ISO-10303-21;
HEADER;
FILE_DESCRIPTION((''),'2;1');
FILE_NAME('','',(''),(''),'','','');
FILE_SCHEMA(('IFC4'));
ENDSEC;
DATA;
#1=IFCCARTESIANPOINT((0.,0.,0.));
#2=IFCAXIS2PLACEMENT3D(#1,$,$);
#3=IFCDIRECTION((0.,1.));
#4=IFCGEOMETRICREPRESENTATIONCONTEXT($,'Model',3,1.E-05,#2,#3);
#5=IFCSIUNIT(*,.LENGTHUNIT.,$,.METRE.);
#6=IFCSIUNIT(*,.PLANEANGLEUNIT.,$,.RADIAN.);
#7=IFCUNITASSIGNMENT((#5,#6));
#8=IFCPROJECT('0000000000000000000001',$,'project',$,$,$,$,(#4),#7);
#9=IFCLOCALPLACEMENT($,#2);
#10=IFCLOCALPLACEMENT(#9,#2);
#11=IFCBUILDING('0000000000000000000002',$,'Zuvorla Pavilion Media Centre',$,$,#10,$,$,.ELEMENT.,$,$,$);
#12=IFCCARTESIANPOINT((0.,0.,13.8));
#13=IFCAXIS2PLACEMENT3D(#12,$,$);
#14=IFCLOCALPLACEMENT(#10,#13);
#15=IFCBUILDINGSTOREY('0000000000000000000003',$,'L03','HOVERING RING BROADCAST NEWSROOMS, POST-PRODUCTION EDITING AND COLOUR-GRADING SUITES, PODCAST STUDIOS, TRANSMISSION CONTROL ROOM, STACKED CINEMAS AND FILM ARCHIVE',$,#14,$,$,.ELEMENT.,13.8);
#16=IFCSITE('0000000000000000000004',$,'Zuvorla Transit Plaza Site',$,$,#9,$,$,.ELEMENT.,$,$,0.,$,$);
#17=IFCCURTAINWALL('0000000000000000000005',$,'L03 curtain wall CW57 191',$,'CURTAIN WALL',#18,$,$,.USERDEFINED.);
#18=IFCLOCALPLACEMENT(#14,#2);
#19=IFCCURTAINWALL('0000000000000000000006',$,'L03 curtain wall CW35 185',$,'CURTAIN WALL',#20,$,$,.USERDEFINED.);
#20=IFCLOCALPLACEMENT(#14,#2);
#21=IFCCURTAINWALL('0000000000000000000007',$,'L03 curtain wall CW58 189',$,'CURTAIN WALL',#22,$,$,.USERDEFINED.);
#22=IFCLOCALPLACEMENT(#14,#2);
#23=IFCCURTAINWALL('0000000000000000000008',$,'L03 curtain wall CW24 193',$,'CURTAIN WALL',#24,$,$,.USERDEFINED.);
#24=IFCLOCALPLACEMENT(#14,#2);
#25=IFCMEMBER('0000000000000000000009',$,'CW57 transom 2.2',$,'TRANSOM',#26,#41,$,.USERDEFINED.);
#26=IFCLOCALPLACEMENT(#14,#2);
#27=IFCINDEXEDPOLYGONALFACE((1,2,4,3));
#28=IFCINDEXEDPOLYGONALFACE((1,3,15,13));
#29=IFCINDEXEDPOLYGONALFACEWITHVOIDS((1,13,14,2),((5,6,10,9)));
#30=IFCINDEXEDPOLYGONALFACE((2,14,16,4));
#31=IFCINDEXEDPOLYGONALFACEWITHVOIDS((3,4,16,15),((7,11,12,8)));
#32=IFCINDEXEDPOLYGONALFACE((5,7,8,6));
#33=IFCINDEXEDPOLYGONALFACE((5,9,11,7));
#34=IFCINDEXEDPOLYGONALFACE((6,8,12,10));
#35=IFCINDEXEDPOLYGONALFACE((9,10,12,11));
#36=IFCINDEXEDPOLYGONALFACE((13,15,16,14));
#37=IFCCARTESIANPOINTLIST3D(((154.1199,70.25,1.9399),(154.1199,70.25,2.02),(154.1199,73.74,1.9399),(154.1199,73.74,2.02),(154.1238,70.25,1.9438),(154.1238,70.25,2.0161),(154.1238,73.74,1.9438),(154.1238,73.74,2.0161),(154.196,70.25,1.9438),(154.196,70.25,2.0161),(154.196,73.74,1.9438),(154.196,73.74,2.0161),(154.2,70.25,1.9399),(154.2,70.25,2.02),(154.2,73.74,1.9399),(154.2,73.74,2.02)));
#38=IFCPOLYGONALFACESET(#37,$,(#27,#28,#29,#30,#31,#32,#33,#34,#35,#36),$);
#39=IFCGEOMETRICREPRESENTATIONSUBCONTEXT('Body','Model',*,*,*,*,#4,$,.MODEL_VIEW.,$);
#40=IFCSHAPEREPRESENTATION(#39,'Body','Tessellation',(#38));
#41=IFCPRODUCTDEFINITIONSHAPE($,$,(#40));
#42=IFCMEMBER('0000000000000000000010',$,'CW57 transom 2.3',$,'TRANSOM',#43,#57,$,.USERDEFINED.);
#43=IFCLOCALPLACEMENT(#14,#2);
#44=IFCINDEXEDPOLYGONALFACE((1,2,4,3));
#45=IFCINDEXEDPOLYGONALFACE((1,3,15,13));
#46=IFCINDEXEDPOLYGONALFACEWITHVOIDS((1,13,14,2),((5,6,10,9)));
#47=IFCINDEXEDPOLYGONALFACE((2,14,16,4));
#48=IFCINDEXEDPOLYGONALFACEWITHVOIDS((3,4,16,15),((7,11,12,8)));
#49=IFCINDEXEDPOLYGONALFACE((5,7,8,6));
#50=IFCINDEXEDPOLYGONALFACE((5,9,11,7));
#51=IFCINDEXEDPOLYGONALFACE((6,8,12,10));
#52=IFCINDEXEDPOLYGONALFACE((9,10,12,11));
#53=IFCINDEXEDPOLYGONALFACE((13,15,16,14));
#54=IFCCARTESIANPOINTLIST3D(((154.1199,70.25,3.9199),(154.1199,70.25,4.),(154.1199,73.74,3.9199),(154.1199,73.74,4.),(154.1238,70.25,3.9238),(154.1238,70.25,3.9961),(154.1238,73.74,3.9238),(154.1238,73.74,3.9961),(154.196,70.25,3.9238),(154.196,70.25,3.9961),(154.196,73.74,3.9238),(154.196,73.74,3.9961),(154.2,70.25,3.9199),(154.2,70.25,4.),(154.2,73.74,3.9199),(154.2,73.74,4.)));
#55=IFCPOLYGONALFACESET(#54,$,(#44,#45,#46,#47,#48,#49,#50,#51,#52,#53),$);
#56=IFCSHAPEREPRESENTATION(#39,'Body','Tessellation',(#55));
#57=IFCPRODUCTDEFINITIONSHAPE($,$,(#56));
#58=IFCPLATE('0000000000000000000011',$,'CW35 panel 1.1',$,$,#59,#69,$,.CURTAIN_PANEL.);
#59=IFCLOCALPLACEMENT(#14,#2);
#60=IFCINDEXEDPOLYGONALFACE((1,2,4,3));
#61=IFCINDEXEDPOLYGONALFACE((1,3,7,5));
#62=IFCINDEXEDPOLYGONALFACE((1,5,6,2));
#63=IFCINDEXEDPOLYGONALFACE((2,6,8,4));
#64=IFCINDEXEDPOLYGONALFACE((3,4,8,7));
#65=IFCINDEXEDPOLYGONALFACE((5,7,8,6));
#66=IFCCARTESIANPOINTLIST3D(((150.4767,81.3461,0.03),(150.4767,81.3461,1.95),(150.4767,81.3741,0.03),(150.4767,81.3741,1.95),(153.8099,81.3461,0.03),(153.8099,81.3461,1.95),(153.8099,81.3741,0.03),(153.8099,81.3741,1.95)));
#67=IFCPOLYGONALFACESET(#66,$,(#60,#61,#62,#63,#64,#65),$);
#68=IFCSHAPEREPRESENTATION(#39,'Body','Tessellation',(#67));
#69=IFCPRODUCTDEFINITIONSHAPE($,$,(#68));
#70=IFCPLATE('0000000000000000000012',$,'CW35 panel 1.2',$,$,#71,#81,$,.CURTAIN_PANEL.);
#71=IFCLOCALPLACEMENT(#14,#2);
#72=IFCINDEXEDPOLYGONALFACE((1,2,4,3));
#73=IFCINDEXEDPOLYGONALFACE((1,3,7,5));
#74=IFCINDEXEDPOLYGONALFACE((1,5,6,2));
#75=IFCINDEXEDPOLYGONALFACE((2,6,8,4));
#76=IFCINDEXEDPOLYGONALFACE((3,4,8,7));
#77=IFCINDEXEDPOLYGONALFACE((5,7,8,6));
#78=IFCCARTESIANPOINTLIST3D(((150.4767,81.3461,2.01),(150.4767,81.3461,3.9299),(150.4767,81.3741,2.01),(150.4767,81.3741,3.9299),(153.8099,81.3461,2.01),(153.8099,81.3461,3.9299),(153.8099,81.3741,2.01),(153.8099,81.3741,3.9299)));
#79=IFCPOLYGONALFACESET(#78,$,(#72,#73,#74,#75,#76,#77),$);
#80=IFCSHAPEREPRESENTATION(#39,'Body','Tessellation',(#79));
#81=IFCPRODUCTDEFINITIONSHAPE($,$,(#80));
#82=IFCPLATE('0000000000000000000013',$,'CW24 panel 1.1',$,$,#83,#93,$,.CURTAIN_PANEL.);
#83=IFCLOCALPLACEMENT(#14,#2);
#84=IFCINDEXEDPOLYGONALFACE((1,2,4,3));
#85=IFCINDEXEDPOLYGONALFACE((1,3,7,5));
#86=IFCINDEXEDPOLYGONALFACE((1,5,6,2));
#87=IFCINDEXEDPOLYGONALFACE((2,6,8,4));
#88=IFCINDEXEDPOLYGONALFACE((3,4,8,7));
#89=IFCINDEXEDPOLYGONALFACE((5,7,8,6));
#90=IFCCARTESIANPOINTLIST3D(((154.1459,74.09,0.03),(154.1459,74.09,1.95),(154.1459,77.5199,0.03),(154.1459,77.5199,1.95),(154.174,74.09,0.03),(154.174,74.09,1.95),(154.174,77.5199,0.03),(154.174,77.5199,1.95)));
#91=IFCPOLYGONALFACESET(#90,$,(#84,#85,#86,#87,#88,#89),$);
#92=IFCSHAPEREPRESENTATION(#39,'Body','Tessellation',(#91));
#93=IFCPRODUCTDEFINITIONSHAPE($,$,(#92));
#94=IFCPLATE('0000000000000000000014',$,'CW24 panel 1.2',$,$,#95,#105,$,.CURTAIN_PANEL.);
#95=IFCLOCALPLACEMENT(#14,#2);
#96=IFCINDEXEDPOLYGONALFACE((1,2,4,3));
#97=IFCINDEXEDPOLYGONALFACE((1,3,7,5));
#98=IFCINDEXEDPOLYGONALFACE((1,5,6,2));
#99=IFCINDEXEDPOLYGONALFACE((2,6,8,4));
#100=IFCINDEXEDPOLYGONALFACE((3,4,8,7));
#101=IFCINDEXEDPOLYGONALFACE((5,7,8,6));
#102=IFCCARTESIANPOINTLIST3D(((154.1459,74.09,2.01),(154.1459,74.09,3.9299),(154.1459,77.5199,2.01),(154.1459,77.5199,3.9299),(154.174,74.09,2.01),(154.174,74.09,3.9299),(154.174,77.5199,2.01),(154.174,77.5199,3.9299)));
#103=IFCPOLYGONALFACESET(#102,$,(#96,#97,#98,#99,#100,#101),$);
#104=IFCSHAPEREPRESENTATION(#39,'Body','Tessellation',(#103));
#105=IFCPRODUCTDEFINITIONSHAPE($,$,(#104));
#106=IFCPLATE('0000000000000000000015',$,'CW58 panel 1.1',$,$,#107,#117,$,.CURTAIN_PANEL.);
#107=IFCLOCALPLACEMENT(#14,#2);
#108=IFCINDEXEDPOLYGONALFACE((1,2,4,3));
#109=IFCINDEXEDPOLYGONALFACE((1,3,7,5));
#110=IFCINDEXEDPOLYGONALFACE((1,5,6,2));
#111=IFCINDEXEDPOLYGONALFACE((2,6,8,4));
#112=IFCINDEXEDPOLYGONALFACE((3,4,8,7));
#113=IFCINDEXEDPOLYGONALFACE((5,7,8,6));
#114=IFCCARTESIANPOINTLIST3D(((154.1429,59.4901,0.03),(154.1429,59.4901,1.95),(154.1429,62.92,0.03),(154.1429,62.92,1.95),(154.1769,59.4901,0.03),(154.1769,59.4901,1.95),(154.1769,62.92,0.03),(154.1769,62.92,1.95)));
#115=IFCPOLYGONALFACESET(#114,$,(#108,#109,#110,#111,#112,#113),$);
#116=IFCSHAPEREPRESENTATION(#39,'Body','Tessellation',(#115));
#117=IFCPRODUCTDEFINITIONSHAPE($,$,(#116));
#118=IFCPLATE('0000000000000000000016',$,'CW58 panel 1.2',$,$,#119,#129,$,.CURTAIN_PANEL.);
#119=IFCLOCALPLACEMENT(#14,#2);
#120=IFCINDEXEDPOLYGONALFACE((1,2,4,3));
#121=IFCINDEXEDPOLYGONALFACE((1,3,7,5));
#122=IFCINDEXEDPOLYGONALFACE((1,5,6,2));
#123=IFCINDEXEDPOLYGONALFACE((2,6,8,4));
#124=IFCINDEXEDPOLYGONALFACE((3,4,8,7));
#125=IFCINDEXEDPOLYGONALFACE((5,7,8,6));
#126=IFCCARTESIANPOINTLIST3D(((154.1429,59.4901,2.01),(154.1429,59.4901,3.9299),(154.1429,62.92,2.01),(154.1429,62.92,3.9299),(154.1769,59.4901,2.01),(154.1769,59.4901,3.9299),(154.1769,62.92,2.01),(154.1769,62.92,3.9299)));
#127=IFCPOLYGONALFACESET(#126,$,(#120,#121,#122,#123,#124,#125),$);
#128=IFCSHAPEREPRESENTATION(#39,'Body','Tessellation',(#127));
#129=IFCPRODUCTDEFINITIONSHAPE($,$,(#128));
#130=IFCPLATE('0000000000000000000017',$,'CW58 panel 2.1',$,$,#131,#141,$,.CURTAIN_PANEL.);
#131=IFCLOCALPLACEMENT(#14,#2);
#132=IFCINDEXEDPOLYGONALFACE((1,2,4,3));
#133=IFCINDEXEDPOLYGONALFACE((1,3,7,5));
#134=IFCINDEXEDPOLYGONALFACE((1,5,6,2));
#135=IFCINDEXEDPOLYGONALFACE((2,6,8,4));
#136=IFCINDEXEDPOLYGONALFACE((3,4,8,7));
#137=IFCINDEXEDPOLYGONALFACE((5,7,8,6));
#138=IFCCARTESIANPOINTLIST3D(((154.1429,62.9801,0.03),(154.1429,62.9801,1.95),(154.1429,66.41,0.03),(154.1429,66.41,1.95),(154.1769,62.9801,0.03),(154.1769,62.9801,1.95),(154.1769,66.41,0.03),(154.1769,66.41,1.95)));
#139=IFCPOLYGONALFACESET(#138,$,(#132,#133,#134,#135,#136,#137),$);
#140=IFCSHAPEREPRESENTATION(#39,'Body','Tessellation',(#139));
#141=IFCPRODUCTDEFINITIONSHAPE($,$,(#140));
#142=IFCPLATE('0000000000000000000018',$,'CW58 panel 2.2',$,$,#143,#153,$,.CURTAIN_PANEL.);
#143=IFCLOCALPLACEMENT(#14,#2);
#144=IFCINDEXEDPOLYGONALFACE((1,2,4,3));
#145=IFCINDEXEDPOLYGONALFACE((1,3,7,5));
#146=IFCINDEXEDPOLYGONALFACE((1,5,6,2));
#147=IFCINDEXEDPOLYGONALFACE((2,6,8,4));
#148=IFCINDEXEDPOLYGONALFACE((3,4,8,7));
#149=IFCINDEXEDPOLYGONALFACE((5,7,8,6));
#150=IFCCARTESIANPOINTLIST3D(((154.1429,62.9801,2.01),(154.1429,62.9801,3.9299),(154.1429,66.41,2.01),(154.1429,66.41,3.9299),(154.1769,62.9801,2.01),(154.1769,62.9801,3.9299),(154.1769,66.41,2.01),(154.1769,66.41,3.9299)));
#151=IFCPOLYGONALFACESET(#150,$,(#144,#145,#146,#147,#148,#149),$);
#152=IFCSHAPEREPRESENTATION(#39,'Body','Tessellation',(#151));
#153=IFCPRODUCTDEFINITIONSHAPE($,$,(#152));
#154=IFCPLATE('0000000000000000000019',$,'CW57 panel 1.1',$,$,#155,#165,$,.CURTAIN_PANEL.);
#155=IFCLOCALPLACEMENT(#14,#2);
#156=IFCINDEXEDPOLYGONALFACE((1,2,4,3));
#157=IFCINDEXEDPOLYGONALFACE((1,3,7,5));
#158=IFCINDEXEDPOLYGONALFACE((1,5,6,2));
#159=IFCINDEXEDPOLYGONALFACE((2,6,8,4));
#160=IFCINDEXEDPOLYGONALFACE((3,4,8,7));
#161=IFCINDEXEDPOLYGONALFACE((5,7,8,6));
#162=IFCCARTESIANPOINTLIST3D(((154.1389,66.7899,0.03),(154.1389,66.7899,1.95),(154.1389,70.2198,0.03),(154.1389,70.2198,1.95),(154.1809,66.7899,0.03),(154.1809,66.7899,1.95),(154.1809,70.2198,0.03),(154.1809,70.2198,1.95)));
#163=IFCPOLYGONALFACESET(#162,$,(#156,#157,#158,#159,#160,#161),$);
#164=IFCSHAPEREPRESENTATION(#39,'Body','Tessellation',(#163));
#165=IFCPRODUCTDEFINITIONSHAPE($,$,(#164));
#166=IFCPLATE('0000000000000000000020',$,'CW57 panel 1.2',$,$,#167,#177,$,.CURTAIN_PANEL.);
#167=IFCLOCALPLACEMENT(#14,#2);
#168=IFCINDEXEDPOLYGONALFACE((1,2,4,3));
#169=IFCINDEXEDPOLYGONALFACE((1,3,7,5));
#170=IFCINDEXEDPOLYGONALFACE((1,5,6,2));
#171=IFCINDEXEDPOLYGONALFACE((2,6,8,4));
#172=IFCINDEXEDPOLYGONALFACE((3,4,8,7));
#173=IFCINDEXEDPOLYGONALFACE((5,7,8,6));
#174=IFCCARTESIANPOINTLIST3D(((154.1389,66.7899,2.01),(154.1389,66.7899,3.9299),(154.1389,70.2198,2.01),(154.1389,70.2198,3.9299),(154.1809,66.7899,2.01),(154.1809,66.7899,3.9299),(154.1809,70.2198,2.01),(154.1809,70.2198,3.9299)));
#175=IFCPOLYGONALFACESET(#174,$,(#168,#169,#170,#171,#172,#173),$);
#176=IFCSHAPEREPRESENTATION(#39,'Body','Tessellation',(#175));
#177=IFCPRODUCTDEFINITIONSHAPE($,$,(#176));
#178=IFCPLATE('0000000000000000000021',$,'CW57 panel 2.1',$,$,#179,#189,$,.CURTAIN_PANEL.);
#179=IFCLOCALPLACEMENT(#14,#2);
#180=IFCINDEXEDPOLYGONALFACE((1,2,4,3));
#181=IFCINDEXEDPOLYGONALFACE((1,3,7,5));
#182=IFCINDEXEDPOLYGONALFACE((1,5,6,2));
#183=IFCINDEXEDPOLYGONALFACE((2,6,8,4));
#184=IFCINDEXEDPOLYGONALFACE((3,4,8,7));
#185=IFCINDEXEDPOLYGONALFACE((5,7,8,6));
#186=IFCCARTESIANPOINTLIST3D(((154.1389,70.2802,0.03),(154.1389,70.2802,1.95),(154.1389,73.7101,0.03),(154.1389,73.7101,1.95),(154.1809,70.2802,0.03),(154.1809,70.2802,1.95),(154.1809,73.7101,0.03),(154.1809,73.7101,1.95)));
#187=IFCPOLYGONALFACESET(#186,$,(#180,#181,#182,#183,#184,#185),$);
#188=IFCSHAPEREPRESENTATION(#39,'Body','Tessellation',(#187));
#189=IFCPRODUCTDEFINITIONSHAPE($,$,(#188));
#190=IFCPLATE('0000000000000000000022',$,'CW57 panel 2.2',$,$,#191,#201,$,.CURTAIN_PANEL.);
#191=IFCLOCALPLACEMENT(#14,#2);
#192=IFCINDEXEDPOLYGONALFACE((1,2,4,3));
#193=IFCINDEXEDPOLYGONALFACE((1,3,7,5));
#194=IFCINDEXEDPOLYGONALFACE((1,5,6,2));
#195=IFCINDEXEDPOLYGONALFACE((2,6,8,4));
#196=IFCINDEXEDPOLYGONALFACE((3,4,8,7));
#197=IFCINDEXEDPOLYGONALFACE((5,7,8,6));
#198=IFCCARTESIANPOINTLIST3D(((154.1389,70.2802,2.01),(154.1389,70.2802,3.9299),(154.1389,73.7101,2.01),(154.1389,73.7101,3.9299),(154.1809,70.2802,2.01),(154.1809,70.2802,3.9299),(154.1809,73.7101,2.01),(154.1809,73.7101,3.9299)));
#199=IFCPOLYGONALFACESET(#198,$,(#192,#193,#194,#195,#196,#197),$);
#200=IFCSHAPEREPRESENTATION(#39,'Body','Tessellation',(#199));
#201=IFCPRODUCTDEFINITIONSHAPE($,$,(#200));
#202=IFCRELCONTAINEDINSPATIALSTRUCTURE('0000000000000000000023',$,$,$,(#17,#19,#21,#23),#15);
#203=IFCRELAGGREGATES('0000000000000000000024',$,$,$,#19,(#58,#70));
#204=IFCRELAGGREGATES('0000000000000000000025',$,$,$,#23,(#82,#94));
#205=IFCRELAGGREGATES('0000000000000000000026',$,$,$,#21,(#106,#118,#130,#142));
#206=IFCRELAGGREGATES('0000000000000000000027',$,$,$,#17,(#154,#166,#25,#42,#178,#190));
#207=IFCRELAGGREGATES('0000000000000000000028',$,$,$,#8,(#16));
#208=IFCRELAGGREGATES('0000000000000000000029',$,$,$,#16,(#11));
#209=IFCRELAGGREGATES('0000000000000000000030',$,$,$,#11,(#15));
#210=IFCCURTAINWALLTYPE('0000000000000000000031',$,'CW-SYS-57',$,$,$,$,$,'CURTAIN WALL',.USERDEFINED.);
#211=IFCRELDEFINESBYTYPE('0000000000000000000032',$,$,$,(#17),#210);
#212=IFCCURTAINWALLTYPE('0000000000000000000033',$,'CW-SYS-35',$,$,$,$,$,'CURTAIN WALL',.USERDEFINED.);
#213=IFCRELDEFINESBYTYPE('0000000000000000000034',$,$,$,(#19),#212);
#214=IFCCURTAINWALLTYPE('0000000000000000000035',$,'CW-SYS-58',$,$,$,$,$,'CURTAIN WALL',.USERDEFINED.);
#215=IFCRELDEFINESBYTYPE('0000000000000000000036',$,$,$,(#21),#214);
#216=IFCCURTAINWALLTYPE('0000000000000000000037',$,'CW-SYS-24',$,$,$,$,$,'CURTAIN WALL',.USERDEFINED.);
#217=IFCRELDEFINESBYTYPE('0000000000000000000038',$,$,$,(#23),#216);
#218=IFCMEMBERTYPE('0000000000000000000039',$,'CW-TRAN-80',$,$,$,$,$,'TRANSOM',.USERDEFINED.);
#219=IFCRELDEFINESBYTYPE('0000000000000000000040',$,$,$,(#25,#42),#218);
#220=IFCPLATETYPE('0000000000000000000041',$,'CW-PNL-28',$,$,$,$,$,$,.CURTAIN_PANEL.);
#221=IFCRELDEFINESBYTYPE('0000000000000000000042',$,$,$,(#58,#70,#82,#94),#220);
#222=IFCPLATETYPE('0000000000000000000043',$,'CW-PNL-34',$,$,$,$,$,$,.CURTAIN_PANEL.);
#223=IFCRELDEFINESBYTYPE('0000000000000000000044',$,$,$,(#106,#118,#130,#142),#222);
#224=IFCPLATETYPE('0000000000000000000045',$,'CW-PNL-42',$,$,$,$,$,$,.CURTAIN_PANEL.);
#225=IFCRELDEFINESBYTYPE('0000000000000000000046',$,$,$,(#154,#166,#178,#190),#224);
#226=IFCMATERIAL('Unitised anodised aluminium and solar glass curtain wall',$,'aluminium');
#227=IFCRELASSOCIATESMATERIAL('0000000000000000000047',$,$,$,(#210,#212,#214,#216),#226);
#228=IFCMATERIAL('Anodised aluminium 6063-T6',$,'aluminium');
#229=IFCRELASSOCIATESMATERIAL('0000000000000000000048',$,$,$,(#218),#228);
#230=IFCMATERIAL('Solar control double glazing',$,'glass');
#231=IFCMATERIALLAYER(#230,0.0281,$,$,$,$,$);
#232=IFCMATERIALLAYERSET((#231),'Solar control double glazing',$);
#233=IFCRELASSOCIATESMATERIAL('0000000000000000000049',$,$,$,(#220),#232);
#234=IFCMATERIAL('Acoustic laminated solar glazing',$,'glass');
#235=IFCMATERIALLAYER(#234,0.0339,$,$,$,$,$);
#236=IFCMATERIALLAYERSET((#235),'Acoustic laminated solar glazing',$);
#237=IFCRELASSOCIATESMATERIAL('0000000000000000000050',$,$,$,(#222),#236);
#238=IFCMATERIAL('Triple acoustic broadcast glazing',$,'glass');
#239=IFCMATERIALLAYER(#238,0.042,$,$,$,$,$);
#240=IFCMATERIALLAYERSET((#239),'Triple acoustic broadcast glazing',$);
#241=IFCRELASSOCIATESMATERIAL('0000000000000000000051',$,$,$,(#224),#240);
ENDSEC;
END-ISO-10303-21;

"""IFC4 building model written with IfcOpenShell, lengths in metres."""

from ifc_helpers import new_model, si_unit, direction, frame, origin, origin_2d, place, context, subcontext, project, spatial, rectangle, hollow_rectangle, extrude, material, layer, layer_set, material_profile, profile_set, type_object, element, aggregate, save


model = new_model("IFC4")

# Units and contexts
model_context = context("Model", 3, precision=1e-05, world=origin(), true_north=direction((0.0, 1.0)))
body_context = subcontext(model_context, "Body", "Model", "MODEL_VIEW")
ifc_project = project(units=[si_unit("LENGTHUNIT", "METRE"), si_unit("PLANEANGLEUNIT", "RADIAN")], contexts=[model_context])

# Site, building, storey
site_placement = place(None, origin())
site = spatial("IfcSite", under=ifc_project, at=site_placement, Name="Zuvorla Transit Plaza Site", CompositionType="ELEMENT", RefElevation=0.0)
building_placement = place(site_placement, origin())
building = spatial("IfcBuilding", under=site, at=building_placement, Name="Zuvorla Pavilion Media Centre", CompositionType="ELEMENT")
storey_placement = place(building_placement, frame((0.0, 0.0, 13.8)))
storey = spatial("IfcBuildingStorey", under=building, at=storey_placement, Name="L03", Description="HOVERING RING BROADCAST NEWSROOMS, POST-PRODUCTION EDITING AND COLOUR-GRADING SUITES, PODCAST STUDIOS, TRANSMISSION CONTROL ROOM, STACKED CINEMAS AND FILM ARCHIVE", CompositionType="ELEMENT", Elevation=13.8)

# Curtain wall
ifc_material_1 = material(Name="Unitised anodised aluminium and solar glass curtain wall", Category="aluminium")
curtain_wall_type_1 = type_object("IfcCurtainWallType", Name="CW-SYS-57", ElementType="CURTAIN WALL", PredefinedType="USERDEFINED", material=ifc_material_1)
curtain_wall_1_placement = place(storey_placement, origin())
curtain_wall_1 = element("IfcCurtainWall", 1, at=curtain_wall_1_placement, inside=storey, type_object=curtain_wall_type_1, Name="L03 curtain wall CW57 191", ObjectType="CURTAIN WALL", PredefinedType="USERDEFINED")
ifc_material_2 = material(Name="Anodised aluminium 6063-T6", Category="aluminium")

# Curtain wall
curtain_wall_type_2 = type_object("IfcCurtainWallType", Name="CW-SYS-35", ElementType="CURTAIN WALL", PredefinedType="USERDEFINED", material=ifc_material_1)
curtain_wall_2_placement = place(storey_placement, origin())
curtain_wall_2 = element("IfcCurtainWall", 2, at=curtain_wall_2_placement, inside=storey, type_object=curtain_wall_type_2, Name="L03 curtain wall CW35 185", ObjectType="CURTAIN WALL", PredefinedType="USERDEFINED")

# Curtain walls
curtain_wall_type_3 = type_object("IfcCurtainWallType", Name="CW-SYS-58", ElementType="CURTAIN WALL", PredefinedType="USERDEFINED", material=ifc_material_1)
curtain_wall_3_placement = place(storey_placement, origin())
curtain_wall_3 = element("IfcCurtainWall", 3, at=curtain_wall_3_placement, inside=storey, type_object=curtain_wall_type_3, Name="L03 curtain wall CW58 189", ObjectType="CURTAIN WALL", PredefinedType="USERDEFINED")
curtain_wall_type_4 = type_object("IfcCurtainWallType", Name="CW-SYS-24", ElementType="CURTAIN WALL", PredefinedType="USERDEFINED", material=ifc_material_1)
curtain_wall_4_placement = place(storey_placement, origin())
curtain_wall_4 = element("IfcCurtainWall", 4, at=curtain_wall_4_placement, inside=storey, type_object=curtain_wall_type_4, Name="L03 curtain wall CW24 193", ObjectType="CURTAIN WALL", PredefinedType="USERDEFINED")

# Members
ifc_material_profile_1 = material_profile(ifc_material_2, hollow_rectangle(XDim=0.0801, YDim=0.0801, WallThickness=0.0039, at=origin_2d()), Name="ALU TRAN 80x80")
ifc_profile_set_1 = profile_set([ifc_material_profile_1], Name="Anodised aluminium 6063-T6")
member_type_1 = type_object("IfcMemberType", Name="CW-TRAN-80", ElementType="TRANSOM", PredefinedType="USERDEFINED", material=ifc_profile_set_1)
member_1_placement = place(storey_placement, frame((154.1599, 70.25, 1.98), z_axis=(0.0, 1.0, 0.0), x_axis=(-1.0, 0.0, 0.0)))
member_1 = element("IfcMember", 5, at=member_1_placement, type_object=member_type_1, Name="CW57 transom 2.2", ObjectType="TRANSOM", PredefinedType="USERDEFINED", context=body_context, shape_type="SweptSolid", body=[
    extrude(hollow_rectangle(XDim=0.0801, YDim=0.0801, WallThickness=0.0039, at=origin_2d()), origin(), (0.0, 0.0, 1.0), 3.49),
])
member_2_placement = place(storey_placement, frame((154.1599, 70.25, 3.96), z_axis=(0.0, 1.0, 0.0), x_axis=(-1.0, 0.0, 0.0)))
member_2 = element("IfcMember", 6, at=member_2_placement, type_object=member_type_1, Name="CW57 transom 2.3", ObjectType="TRANSOM", PredefinedType="USERDEFINED", context=body_context, shape_type="SweptSolid", body=[
    extrude(hollow_rectangle(XDim=0.0801, YDim=0.0801, WallThickness=0.0039, at=origin_2d()), origin(), (0.0, 0.0, 1.0), 3.49),
])

# Plates
ifc_material_3 = material(Name="Solar control double glazing", Category="glass")
ifc_layer_1 = layer(ifc_material_3, 0.0281)
ifc_layer_set_1 = layer_set([ifc_layer_1], Name="Solar control double glazing")
plate_type_1 = type_object("IfcPlateType", Name="CW-PNL-28", PredefinedType="CURTAIN_PANEL", material=ifc_layer_set_1)
plate_1_placement = place(storey_placement, frame((152.1433, 81.3601, 0.03), z_axis=(0.0, 0.0, 1.0), x_axis=(-1.0, 0.0, 0.0)))
plate_1 = element("IfcPlate", 7, at=plate_1_placement, type_object=plate_type_1, Name="CW35 panel 1.1", PredefinedType="CURTAIN_PANEL", context=body_context, shape_type="SweptSolid", body=[
    extrude(rectangle(XDim=3.3333, YDim=0.0281, at=origin_2d()), origin(), (0.0, 0.0, 1.0), 1.9199),
])
plate_2_placement = place(storey_placement, frame((152.1433, 81.3601, 2.01), z_axis=(0.0, 0.0, 1.0), x_axis=(-1.0, 0.0, 0.0)))
plate_2 = element("IfcPlate", 8, at=plate_2_placement, type_object=plate_type_1, Name="CW35 panel 1.2", PredefinedType="CURTAIN_PANEL", context=body_context, shape_type="SweptSolid", body=[
    extrude(rectangle(XDim=3.3333, YDim=0.0281, at=origin_2d()), origin(), (0.0, 0.0, 1.0), 1.9199),
])
aggregate(curtain_wall_2, [plate_1, plate_2])
plate_3_placement = place(storey_placement, frame((154.1599, 75.8049, 0.03), z_axis=(0.0, 0.0, 1.0), x_axis=(0.0, 1.0, 0.0)))
plate_3 = element("IfcPlate", 9, at=plate_3_placement, type_object=plate_type_1, Name="CW24 panel 1.1", PredefinedType="CURTAIN_PANEL", context=body_context, shape_type="SweptSolid", body=[
    extrude(rectangle(XDim=3.4299, YDim=0.0281, at=origin_2d()), origin(), (0.0, 0.0, 1.0), 1.9199),
])
plate_4_placement = place(storey_placement, frame((154.1599, 75.8049, 2.01), z_axis=(0.0, 0.0, 1.0), x_axis=(0.0, 1.0, 0.0)))
plate_4 = element("IfcPlate", 10, at=plate_4_placement, type_object=plate_type_1, Name="CW24 panel 1.2", PredefinedType="CURTAIN_PANEL", context=body_context, shape_type="SweptSolid", body=[
    extrude(rectangle(XDim=3.4299, YDim=0.0281, at=origin_2d()), origin(), (0.0, 0.0, 1.0), 1.9199),
])
aggregate(curtain_wall_4, [plate_3, plate_4])
ifc_material_4 = material(Name="Acoustic laminated solar glazing", Category="glass")
ifc_layer_2 = layer(ifc_material_4, 0.0339)
ifc_layer_set_2 = layer_set([ifc_layer_2], Name="Acoustic laminated solar glazing")
plate_type_2 = type_object("IfcPlateType", Name="CW-PNL-34", PredefinedType="CURTAIN_PANEL", material=ifc_layer_set_2)
plate_5_placement = place(storey_placement, frame((154.1599, 61.2051, 0.03), z_axis=(0.0, 0.0, 1.0), x_axis=(0.0, 1.0, 0.0)))
plate_5 = element("IfcPlate", 11, at=plate_5_placement, type_object=plate_type_2, Name="CW58 panel 1.1", PredefinedType="CURTAIN_PANEL", context=body_context, shape_type="SweptSolid", body=[
    extrude(rectangle(XDim=3.4299, YDim=0.0339, at=origin_2d()), origin(), (0.0, 0.0, 1.0), 1.9199),
])
plate_6_placement = place(storey_placement, frame((154.1599, 61.2051, 2.01), z_axis=(0.0, 0.0, 1.0), x_axis=(0.0, 1.0, 0.0)))
plate_6 = element("IfcPlate", 12, at=plate_6_placement, type_object=plate_type_2, Name="CW58 panel 1.2", PredefinedType="CURTAIN_PANEL", context=body_context, shape_type="SweptSolid", body=[
    extrude(rectangle(XDim=3.4299, YDim=0.0339, at=origin_2d()), origin(), (0.0, 0.0, 1.0), 1.9199),
])
plate_7_placement = place(storey_placement, frame((154.1599, 64.6951, 0.03), z_axis=(0.0, 0.0, 1.0), x_axis=(0.0, 1.0, 0.0)))
plate_7 = element("IfcPlate", 13, at=plate_7_placement, type_object=plate_type_2, Name="CW58 panel 2.1", PredefinedType="CURTAIN_PANEL", context=body_context, shape_type="SweptSolid", body=[
    extrude(rectangle(XDim=3.4299, YDim=0.0339, at=origin_2d()), origin(), (0.0, 0.0, 1.0), 1.9199),
])
plate_8_placement = place(storey_placement, frame((154.1599, 64.6951, 2.01), z_axis=(0.0, 0.0, 1.0), x_axis=(0.0, 1.0, 0.0)))
plate_8 = element("IfcPlate", 14, at=plate_8_placement, type_object=plate_type_2, Name="CW58 panel 2.2", PredefinedType="CURTAIN_PANEL", context=body_context, shape_type="SweptSolid", body=[
    extrude(rectangle(XDim=3.4299, YDim=0.0339, at=origin_2d()), origin(), (0.0, 0.0, 1.0), 1.9199),
])
aggregate(curtain_wall_3, [plate_5, plate_6, plate_7, plate_8])
ifc_material_5 = material(Name="Triple acoustic broadcast glazing", Category="glass")
ifc_layer_3 = layer(ifc_material_5, 0.042)
ifc_layer_set_3 = layer_set([ifc_layer_3], Name="Triple acoustic broadcast glazing")
plate_type_3 = type_object("IfcPlateType", Name="CW-PNL-42", PredefinedType="CURTAIN_PANEL", material=ifc_layer_set_3)
plate_9_placement = place(storey_placement, frame((154.1599, 68.5049, 0.03), z_axis=(0.0, 0.0, 1.0), x_axis=(0.0, 1.0, 0.0)))
plate_9 = element("IfcPlate", 15, at=plate_9_placement, type_object=plate_type_3, Name="CW57 panel 1.1", PredefinedType="CURTAIN_PANEL", context=body_context, shape_type="SweptSolid", body=[
    extrude(rectangle(XDim=3.4299, YDim=0.042, at=origin_2d()), origin(), (0.0, 0.0, 1.0), 1.9199),
])
plate_10_placement = place(storey_placement, frame((154.1599, 68.5049, 2.01), z_axis=(0.0, 0.0, 1.0), x_axis=(0.0, 1.0, 0.0)))
plate_10 = element("IfcPlate", 16, at=plate_10_placement, type_object=plate_type_3, Name="CW57 panel 1.2", PredefinedType="CURTAIN_PANEL", context=body_context, shape_type="SweptSolid", body=[
    extrude(rectangle(XDim=3.4299, YDim=0.042, at=origin_2d()), origin(), (0.0, 0.0, 1.0), 1.9199),
])
plate_11_placement = place(storey_placement, frame((154.1599, 71.9951, 0.03), z_axis=(0.0, 0.0, 1.0), x_axis=(0.0, 1.0, 0.0)))
plate_11 = element("IfcPlate", 17, at=plate_11_placement, type_object=plate_type_3, Name="CW57 panel 2.1", PredefinedType="CURTAIN_PANEL", context=body_context, shape_type="SweptSolid", body=[
    extrude(rectangle(XDim=3.4299, YDim=0.042, at=origin_2d()), origin(), (0.0, 0.0, 1.0), 1.9199),
])
plate_12_placement = place(storey_placement, frame((154.1599, 71.9951, 2.01), z_axis=(0.0, 0.0, 1.0), x_axis=(0.0, 1.0, 0.0)))
plate_12 = element("IfcPlate", 18, at=plate_12_placement, type_object=plate_type_3, Name="CW57 panel 2.2", PredefinedType="CURTAIN_PANEL", context=body_context, shape_type="SweptSolid", body=[
    extrude(rectangle(XDim=3.4299, YDim=0.042, at=origin_2d()), origin(), (0.0, 0.0, 1.0), 1.9199),
])
aggregate(curtain_wall_1, [plate_9, plate_10, member_1, member_2, plate_11, plate_12])

save(model, "model.ifc")
